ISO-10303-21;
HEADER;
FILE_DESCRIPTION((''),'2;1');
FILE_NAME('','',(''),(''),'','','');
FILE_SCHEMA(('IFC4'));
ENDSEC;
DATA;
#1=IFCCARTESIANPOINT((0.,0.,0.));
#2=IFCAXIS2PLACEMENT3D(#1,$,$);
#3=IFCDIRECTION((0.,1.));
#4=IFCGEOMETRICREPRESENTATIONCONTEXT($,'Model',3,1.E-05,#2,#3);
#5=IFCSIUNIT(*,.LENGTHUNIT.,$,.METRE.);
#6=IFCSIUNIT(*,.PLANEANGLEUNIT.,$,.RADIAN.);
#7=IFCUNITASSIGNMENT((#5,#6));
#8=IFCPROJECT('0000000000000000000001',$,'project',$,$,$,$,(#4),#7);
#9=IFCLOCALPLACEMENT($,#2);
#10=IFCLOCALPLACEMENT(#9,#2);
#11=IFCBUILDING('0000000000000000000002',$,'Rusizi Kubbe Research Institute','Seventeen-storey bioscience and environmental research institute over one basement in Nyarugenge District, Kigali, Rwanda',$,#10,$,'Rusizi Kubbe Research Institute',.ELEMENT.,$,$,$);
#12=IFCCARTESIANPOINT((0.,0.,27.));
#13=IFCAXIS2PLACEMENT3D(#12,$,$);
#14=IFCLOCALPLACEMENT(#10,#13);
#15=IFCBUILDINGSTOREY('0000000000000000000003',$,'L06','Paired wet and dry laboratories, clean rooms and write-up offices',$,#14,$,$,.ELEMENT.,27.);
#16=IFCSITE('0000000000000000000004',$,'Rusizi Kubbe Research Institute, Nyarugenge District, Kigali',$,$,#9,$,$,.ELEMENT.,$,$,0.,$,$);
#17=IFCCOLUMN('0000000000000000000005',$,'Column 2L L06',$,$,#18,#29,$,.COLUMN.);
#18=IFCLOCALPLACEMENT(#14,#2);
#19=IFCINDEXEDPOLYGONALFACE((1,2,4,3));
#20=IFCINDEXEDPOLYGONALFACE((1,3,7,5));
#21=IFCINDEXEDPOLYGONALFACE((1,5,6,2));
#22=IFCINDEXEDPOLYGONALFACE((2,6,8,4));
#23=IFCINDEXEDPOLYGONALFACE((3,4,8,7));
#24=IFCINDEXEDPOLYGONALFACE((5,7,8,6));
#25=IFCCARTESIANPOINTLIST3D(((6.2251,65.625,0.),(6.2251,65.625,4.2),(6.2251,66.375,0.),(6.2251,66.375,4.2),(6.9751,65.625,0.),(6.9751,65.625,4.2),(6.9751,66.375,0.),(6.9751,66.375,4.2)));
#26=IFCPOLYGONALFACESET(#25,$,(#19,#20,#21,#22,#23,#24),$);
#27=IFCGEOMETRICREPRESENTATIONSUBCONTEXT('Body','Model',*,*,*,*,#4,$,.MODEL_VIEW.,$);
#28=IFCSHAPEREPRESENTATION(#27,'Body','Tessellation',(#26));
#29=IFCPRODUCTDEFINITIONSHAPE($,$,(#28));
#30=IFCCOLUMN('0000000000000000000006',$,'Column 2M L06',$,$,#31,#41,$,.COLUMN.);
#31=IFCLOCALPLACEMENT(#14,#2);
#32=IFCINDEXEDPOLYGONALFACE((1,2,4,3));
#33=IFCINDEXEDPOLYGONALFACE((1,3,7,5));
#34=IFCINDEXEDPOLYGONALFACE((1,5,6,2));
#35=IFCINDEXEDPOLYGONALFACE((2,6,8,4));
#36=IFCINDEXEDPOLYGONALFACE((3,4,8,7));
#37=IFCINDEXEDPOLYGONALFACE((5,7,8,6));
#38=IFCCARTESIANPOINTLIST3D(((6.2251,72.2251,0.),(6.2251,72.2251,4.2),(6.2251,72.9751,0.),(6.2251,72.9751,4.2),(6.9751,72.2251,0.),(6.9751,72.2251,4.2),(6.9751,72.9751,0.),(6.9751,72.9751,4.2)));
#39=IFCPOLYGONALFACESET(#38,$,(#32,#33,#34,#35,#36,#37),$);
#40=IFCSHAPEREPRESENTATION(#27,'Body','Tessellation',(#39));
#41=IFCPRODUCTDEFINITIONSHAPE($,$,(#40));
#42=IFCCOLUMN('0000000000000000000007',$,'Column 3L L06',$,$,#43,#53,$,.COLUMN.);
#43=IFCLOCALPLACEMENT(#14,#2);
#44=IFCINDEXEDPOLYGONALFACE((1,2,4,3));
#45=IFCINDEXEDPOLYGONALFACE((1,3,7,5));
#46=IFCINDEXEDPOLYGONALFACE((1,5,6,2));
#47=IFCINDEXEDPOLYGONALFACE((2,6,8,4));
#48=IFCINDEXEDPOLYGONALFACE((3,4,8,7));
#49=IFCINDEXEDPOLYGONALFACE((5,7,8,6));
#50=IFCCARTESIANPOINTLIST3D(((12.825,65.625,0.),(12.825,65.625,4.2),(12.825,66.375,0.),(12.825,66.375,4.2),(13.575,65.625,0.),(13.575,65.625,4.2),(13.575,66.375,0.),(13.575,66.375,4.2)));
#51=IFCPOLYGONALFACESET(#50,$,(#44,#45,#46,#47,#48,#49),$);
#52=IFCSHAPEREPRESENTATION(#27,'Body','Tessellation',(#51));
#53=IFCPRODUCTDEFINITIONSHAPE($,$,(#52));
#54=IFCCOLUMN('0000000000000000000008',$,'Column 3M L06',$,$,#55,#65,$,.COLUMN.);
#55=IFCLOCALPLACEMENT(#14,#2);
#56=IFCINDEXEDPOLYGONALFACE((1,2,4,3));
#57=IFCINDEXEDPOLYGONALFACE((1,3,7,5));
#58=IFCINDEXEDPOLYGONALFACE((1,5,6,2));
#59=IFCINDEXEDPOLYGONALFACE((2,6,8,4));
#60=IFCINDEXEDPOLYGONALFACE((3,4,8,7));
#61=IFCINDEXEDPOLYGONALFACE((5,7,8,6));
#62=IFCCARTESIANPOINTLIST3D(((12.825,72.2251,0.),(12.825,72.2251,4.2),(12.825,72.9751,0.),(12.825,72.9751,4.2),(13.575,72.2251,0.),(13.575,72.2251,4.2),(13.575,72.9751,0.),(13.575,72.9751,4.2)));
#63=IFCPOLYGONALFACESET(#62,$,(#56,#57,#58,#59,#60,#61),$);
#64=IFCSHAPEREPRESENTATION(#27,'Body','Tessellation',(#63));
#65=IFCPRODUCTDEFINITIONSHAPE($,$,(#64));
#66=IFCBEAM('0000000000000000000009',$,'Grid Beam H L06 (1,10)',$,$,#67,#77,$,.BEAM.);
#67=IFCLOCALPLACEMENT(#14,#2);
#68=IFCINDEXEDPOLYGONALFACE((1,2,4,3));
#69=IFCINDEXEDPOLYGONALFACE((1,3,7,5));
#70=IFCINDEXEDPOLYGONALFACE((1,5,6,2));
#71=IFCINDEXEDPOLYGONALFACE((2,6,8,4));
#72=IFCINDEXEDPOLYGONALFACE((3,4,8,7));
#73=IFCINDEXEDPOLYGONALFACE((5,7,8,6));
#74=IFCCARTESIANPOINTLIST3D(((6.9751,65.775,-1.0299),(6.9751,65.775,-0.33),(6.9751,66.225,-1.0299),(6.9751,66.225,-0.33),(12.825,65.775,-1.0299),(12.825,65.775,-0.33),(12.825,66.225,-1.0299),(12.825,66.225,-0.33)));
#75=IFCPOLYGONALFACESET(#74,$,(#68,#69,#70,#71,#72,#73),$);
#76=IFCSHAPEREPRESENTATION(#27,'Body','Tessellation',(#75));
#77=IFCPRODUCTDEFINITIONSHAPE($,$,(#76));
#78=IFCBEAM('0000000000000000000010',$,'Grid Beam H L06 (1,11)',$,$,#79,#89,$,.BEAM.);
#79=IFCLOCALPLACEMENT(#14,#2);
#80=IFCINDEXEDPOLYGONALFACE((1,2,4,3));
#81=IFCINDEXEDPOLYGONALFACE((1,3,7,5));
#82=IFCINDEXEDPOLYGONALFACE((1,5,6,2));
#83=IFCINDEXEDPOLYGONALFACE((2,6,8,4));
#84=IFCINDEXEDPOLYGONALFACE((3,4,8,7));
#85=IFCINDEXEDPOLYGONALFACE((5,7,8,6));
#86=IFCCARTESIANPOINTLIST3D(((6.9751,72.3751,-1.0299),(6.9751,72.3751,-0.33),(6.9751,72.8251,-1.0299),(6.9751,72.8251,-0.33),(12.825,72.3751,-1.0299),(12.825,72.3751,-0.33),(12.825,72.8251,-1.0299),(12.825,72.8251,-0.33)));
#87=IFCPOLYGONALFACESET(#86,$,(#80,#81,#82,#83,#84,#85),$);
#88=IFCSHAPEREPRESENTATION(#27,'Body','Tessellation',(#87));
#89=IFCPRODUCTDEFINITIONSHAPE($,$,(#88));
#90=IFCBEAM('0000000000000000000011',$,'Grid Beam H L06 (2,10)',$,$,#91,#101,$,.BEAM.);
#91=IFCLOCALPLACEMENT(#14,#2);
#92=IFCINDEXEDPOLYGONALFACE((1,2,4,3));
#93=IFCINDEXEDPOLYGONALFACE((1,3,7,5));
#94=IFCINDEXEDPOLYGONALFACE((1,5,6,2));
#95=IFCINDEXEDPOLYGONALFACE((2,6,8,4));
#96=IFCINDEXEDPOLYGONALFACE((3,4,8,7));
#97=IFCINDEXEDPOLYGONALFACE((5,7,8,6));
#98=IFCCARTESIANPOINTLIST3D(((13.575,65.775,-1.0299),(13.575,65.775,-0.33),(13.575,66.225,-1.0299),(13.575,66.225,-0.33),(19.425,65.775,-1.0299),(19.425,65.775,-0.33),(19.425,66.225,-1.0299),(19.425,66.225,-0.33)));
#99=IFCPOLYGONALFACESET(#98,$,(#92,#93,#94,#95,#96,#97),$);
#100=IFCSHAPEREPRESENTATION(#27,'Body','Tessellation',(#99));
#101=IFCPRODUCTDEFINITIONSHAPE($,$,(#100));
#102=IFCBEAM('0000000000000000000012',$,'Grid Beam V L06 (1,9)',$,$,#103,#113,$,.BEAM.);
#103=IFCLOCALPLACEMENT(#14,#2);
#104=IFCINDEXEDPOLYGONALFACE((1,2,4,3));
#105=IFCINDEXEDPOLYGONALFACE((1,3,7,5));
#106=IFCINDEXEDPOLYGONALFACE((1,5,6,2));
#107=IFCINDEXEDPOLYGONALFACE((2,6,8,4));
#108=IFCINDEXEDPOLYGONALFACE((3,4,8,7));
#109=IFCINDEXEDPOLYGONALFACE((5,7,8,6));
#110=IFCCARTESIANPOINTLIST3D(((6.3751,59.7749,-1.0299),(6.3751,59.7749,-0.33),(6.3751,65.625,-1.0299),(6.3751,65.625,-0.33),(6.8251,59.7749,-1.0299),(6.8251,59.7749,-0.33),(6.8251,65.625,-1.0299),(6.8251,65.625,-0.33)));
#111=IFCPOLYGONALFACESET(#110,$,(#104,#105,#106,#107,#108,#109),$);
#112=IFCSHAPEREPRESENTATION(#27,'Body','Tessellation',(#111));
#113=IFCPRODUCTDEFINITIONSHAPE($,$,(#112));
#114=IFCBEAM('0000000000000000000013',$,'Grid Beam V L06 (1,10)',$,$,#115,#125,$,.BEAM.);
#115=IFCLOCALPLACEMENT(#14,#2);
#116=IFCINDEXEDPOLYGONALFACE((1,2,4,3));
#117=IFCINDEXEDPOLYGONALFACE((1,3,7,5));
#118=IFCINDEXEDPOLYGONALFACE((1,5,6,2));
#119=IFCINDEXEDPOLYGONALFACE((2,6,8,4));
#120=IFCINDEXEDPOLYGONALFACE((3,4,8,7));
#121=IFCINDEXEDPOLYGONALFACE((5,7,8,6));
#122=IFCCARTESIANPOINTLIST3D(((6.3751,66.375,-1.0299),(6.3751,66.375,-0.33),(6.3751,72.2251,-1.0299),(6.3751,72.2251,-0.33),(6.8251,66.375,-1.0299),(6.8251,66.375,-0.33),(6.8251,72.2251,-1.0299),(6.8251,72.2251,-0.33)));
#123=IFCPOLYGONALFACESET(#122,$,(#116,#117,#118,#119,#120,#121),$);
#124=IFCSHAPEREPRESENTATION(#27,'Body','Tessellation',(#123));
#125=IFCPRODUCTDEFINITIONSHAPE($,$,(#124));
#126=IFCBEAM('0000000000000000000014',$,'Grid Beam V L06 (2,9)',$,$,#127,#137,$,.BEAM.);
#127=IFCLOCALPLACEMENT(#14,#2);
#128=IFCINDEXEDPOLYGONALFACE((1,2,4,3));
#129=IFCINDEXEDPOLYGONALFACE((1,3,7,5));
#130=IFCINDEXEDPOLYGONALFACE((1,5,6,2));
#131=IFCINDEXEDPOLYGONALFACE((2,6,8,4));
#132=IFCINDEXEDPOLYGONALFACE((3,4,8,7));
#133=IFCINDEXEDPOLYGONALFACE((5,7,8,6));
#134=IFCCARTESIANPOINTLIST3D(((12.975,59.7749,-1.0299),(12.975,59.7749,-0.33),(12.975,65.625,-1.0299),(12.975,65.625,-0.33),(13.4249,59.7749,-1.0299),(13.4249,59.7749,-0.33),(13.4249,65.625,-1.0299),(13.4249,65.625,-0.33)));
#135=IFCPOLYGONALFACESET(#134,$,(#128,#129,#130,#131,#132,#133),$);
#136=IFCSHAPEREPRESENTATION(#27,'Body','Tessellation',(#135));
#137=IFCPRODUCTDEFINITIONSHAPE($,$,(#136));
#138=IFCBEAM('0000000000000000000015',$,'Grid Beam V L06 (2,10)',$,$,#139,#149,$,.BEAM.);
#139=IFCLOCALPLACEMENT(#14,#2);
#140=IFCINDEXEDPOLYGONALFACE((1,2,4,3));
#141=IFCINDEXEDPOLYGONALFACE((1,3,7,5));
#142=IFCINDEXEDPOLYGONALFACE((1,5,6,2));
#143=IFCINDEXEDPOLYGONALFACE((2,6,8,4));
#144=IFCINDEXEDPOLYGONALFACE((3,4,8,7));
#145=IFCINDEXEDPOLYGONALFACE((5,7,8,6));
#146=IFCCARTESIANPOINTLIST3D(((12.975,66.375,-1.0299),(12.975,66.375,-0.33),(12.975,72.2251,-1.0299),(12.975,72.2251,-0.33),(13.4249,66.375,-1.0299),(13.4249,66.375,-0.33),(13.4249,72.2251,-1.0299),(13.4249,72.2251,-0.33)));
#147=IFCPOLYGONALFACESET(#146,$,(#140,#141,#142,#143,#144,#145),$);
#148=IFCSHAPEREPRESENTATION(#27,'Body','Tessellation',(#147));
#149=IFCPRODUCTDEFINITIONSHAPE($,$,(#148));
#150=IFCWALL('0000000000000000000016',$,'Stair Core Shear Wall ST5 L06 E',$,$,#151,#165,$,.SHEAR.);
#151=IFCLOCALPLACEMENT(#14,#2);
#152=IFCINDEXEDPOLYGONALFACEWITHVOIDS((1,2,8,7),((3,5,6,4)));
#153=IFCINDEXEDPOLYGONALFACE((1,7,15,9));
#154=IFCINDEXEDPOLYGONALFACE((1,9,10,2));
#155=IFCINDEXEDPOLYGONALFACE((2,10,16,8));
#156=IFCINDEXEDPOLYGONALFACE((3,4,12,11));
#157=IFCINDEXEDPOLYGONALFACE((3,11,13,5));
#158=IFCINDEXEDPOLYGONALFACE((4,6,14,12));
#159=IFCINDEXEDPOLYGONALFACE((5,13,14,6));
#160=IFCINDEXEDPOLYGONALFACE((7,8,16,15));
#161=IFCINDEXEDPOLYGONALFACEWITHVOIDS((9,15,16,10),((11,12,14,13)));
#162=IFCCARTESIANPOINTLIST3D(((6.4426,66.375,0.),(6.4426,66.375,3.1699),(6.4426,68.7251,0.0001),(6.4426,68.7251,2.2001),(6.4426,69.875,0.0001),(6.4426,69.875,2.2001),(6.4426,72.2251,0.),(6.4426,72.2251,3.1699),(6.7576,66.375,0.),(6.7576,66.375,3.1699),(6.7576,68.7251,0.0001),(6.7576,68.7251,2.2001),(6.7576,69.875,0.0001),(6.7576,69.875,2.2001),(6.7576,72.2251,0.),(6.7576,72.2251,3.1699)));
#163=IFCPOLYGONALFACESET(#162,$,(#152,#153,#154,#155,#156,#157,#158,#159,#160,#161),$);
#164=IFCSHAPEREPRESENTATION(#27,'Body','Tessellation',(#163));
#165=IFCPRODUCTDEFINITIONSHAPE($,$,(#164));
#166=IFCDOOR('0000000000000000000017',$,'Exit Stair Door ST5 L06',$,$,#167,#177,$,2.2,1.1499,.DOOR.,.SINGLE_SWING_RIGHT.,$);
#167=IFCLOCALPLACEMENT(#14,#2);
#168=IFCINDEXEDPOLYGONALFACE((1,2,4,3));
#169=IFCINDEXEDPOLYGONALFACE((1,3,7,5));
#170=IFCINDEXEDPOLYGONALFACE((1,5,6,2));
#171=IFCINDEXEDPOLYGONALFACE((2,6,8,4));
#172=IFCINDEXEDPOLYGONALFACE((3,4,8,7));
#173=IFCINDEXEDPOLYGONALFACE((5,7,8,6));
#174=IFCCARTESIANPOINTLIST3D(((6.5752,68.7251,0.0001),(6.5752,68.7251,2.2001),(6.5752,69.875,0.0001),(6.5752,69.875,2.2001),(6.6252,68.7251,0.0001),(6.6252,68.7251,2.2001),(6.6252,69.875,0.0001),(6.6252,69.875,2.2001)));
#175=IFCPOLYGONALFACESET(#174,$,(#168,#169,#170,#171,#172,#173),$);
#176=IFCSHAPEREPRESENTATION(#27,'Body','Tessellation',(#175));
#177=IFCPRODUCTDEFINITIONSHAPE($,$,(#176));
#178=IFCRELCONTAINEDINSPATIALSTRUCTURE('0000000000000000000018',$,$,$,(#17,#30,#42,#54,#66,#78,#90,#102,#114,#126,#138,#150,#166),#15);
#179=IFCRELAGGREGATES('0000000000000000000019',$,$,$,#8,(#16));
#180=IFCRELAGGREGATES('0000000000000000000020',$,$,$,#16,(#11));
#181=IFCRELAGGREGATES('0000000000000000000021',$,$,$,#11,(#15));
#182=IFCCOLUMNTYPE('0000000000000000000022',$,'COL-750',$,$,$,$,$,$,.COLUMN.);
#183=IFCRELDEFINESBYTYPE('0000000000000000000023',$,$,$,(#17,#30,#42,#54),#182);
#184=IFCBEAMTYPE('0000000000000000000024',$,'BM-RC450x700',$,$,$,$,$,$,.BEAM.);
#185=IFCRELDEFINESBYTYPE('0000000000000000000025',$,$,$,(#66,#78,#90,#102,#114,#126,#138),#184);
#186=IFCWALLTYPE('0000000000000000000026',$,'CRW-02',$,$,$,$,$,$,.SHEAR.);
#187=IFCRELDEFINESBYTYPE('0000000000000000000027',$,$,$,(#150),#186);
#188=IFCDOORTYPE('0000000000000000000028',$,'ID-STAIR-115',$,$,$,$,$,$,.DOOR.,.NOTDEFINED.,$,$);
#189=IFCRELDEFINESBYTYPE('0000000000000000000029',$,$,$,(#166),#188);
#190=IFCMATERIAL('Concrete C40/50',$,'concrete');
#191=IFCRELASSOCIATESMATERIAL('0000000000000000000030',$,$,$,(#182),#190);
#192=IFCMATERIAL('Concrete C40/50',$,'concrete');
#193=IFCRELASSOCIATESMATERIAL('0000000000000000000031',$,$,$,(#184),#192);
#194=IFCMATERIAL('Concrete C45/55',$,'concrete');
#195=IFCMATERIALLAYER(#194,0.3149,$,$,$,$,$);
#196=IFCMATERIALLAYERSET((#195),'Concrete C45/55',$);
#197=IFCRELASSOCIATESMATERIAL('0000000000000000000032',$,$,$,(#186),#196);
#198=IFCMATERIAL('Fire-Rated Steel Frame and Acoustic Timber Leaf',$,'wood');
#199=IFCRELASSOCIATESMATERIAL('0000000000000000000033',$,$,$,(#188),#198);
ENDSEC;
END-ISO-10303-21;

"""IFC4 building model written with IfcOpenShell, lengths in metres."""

from ifc_helpers import new_model, si_unit, direction, frame, frame_2d, origin, origin_2d, place, context, subcontext, project, spatial, rectangle, extrude, material, layer, layer_set, material_profile, profile_set, type_object, element, fill, save


model = new_model("IFC4")

# Units and contexts
model_context = context("Model", 3, precision=1e-05, world=origin(), true_north=direction((0.0, 1.0)))
body_context = subcontext(model_context, "Body", "Model", "MODEL_VIEW")
ifc_project = project(units=[si_unit("LENGTHUNIT", "METRE"), si_unit("PLANEANGLEUNIT", "RADIAN")], contexts=[model_context])

# Site, building, storey
site_placement = place(None, origin())
site = spatial("IfcSite", under=ifc_project, at=site_placement, Name="Rusizi Kubbe Research Institute, Nyarugenge District, Kigali", CompositionType="ELEMENT", RefElevation=0.0)
building_placement = place(site_placement, origin())
building = spatial("IfcBuilding", under=site, at=building_placement, Name="Rusizi Kubbe Research Institute", Description="Seventeen-storey bioscience and environmental research institute over one basement in Nyarugenge District, Kigali, Rwanda", LongName="Rusizi Kubbe Research Institute", CompositionType="ELEMENT")
storey_placement = place(building_placement, frame((0.0, 0.0, 27.0)))
storey = spatial("IfcBuildingStorey", under=building, at=storey_placement, Name="L06", Description="Paired wet and dry laboratories, clean rooms and write-up offices", CompositionType="ELEMENT", Elevation=27.0)

# Columns
ifc_material_1 = material(Name="Concrete C40/50", Category="concrete")
ifc_material_profile_1 = material_profile(ifc_material_1, rectangle(XDim=0.75, YDim=0.75, at=origin_2d()), Name="RC750x750")
ifc_profile_set_1 = profile_set([ifc_material_profile_1], Name="Concrete C40/50")
column_type = type_object("IfcColumnType", Name="COL-750", PredefinedType="COLUMN", material=ifc_profile_set_1)
for number, where, z_axis, x_axis, name in (
    (1, (6.6001, 66.0, 0.0), (0.0, 0.0, 1.0), (1.0, 0.0, 0.0), "Column 2L L06"),
    (2, (6.6001, 72.6001, 0.0), (0.0, 0.0, 1.0), (1.0, 0.0, 0.0), "Column 2M L06"),
    (3, (13.2, 66.0, 0.0), (0.0, 0.0, 1.0), (1.0, 0.0, 0.0), "Column 3L L06"),
    (4, (13.2, 72.6001, 0.0), (0.0, 0.0, 1.0), (1.0, 0.0, 0.0), "Column 3M L06"),
):
    element("IfcColumn", number, at=place(storey_placement, frame(where, z_axis=z_axis, x_axis=x_axis)), inside=storey, type_object=column_type, Name=name, PredefinedType="COLUMN", context=body_context, shape_type="SweptSolid", body=[
        extrude(rectangle(XDim=0.75, YDim=0.75, at=origin_2d()), origin(), (0.0, 0.0, 1.0), 4.2),
    ])

# Beams
ifc_material_2 = material(Name="Concrete C40/50", Category="concrete")
ifc_material_profile_2 = material_profile(ifc_material_2, rectangle(XDim=0.45, YDim=0.7, at=origin_2d()), Name="RC450x700B")
ifc_profile_set_2 = profile_set([ifc_material_profile_2], Name="Concrete C40/50")
beam_type = type_object("IfcBeamType", Name="BM-RC450x700", PredefinedType="BEAM", material=ifc_profile_set_2)
for number, where, z_axis, x_axis, name in (
    (5, (6.9751, 66.0, -0.6799), (1.0, 0.0, 0.0), (0.0, 1.0, 0.0), "Grid Beam H L06 (1,10)"),
    (6, (6.9751, 72.6001, -0.6799), (1.0, 0.0, 0.0), (0.0, 1.0, 0.0), "Grid Beam H L06 (1,11)"),
):
    element("IfcBeam", number, at=place(storey_placement, frame(where, z_axis=z_axis, x_axis=x_axis)), inside=storey, type_object=beam_type, Name=name, PredefinedType="BEAM", context=body_context, shape_type="SweptSolid", body=[
        extrude(rectangle(XDim=0.45, YDim=0.7, at=origin_2d()), origin(), (0.0, 0.0, 1.0), 5.8499),
    ])
for number, where, z_axis, x_axis, name in (
    (7, (13.575, 66.0, -0.6799), (1.0, 0.0, 0.0), (0.0, 1.0, 0.0), "Grid Beam H L06 (2,10)"),
    (8, (6.6001, 59.7749, -0.6799), (0.0, 1.0, 0.0), (-1.0, 0.0, 0.0), "Grid Beam V L06 (1,9)"),
    (9, (6.6001, 66.375, -0.6799), (0.0, 1.0, 0.0), (-1.0, 0.0, 0.0), "Grid Beam V L06 (1,10)"),
    (10, (13.2, 59.7749, -0.6799), (0.0, 1.0, 0.0), (-1.0, 0.0, 0.0), "Grid Beam V L06 (2,9)"),
    (11, (13.2, 66.375, -0.6799), (0.0, 1.0, 0.0), (-1.0, 0.0, 0.0), "Grid Beam V L06 (2,10)"),
):
    element("IfcBeam", number, at=place(storey_placement, frame(where, z_axis=z_axis, x_axis=x_axis)), inside=storey, type_object=beam_type, Name=name, PredefinedType="BEAM", context=body_context, shape_type="SweptSolid", body=[
        extrude(rectangle(XDim=0.45, YDim=0.7, at=origin_2d()), origin(), (0.0, 0.0, 1.0), 5.8501),
    ])

# Wall, opening, door
ifc_material_3 = material(Name="Concrete C45/55", Category="concrete")
ifc_layer_1 = layer(ifc_material_3, 0.3149)
ifc_layer_set_1 = layer_set([ifc_layer_1], Name="Concrete C45/55")
wall_type_1 = type_object("IfcWallType", Name="CRW-02", PredefinedType="SHEAR", material=ifc_layer_set_1)
wall_1_placement = place(storey_placement, frame((6.6001, 66.375, 0.0), z_axis=(0.0, 0.0, 1.0), x_axis=(0.0, 1.0, 0.0)))
wall_1 = element("IfcWall", 12, at=wall_1_placement, inside=storey, type_object=wall_type_1, Name="Stair Core Shear Wall ST5 L06 E", PredefinedType="SHEAR", context=body_context, shape_type="SweptSolid", body=[
    extrude(rectangle(XDim=5.8501, YDim=0.3149, at=frame_2d((2.925, 0.0))), origin(), (0.0, 0.0, 1.0), 3.1699),
])
opening_1_placement = place(wall_1_placement, frame((2.3501, 0.0, 0.0)))
opening_1 = element("IfcOpeningElement", 13, at=opening_1_placement, cuts=wall_1, PredefinedType="OPENING", context=body_context, shape_type="SweptSolid", body=[
    extrude(rectangle(XDim=1.1499, YDim=2.2, at=frame_2d((0.575, 1.1001))), frame((0.0, 0.1675, 0.0), z_axis=(0.0, -1.0, 0.0), x_axis=(1.0, 0.0, 0.0)), (0.0, 0.0, 1.0), 0.335),
])
ifc_material_4 = material(Name="Fire-Rated Steel Frame and Acoustic Timber Leaf", Category="wood")
door_type_1 = type_object("IfcDoorType", Name="ID-STAIR-115", OperationType="NOTDEFINED", PredefinedType="DOOR", material=ifc_material_4)
door_1_placement = place(opening_1_placement, origin())
door_1 = element("IfcDoor", 14, at=door_1_placement, inside=storey, type_object=door_type_1, Name="Exit Stair Door ST5 L06", OperationType="SINGLE_SWING_RIGHT", OverallHeight=2.2, OverallWidth=1.1499, PredefinedType="DOOR", context=body_context, shape_type="SweptSolid", body=[
    extrude(rectangle(XDim=1.1499, YDim=2.2, at=frame_2d((0.575, 1.1001))), frame((0.0, 0.0249, 0.0), z_axis=(0.0, -1.0, 0.0), x_axis=(1.0, 0.0, 0.0)), (0.0, 0.0, 1.0), 0.05),
])
fill(opening_1, door_1)

save(model, "model.ifc")
